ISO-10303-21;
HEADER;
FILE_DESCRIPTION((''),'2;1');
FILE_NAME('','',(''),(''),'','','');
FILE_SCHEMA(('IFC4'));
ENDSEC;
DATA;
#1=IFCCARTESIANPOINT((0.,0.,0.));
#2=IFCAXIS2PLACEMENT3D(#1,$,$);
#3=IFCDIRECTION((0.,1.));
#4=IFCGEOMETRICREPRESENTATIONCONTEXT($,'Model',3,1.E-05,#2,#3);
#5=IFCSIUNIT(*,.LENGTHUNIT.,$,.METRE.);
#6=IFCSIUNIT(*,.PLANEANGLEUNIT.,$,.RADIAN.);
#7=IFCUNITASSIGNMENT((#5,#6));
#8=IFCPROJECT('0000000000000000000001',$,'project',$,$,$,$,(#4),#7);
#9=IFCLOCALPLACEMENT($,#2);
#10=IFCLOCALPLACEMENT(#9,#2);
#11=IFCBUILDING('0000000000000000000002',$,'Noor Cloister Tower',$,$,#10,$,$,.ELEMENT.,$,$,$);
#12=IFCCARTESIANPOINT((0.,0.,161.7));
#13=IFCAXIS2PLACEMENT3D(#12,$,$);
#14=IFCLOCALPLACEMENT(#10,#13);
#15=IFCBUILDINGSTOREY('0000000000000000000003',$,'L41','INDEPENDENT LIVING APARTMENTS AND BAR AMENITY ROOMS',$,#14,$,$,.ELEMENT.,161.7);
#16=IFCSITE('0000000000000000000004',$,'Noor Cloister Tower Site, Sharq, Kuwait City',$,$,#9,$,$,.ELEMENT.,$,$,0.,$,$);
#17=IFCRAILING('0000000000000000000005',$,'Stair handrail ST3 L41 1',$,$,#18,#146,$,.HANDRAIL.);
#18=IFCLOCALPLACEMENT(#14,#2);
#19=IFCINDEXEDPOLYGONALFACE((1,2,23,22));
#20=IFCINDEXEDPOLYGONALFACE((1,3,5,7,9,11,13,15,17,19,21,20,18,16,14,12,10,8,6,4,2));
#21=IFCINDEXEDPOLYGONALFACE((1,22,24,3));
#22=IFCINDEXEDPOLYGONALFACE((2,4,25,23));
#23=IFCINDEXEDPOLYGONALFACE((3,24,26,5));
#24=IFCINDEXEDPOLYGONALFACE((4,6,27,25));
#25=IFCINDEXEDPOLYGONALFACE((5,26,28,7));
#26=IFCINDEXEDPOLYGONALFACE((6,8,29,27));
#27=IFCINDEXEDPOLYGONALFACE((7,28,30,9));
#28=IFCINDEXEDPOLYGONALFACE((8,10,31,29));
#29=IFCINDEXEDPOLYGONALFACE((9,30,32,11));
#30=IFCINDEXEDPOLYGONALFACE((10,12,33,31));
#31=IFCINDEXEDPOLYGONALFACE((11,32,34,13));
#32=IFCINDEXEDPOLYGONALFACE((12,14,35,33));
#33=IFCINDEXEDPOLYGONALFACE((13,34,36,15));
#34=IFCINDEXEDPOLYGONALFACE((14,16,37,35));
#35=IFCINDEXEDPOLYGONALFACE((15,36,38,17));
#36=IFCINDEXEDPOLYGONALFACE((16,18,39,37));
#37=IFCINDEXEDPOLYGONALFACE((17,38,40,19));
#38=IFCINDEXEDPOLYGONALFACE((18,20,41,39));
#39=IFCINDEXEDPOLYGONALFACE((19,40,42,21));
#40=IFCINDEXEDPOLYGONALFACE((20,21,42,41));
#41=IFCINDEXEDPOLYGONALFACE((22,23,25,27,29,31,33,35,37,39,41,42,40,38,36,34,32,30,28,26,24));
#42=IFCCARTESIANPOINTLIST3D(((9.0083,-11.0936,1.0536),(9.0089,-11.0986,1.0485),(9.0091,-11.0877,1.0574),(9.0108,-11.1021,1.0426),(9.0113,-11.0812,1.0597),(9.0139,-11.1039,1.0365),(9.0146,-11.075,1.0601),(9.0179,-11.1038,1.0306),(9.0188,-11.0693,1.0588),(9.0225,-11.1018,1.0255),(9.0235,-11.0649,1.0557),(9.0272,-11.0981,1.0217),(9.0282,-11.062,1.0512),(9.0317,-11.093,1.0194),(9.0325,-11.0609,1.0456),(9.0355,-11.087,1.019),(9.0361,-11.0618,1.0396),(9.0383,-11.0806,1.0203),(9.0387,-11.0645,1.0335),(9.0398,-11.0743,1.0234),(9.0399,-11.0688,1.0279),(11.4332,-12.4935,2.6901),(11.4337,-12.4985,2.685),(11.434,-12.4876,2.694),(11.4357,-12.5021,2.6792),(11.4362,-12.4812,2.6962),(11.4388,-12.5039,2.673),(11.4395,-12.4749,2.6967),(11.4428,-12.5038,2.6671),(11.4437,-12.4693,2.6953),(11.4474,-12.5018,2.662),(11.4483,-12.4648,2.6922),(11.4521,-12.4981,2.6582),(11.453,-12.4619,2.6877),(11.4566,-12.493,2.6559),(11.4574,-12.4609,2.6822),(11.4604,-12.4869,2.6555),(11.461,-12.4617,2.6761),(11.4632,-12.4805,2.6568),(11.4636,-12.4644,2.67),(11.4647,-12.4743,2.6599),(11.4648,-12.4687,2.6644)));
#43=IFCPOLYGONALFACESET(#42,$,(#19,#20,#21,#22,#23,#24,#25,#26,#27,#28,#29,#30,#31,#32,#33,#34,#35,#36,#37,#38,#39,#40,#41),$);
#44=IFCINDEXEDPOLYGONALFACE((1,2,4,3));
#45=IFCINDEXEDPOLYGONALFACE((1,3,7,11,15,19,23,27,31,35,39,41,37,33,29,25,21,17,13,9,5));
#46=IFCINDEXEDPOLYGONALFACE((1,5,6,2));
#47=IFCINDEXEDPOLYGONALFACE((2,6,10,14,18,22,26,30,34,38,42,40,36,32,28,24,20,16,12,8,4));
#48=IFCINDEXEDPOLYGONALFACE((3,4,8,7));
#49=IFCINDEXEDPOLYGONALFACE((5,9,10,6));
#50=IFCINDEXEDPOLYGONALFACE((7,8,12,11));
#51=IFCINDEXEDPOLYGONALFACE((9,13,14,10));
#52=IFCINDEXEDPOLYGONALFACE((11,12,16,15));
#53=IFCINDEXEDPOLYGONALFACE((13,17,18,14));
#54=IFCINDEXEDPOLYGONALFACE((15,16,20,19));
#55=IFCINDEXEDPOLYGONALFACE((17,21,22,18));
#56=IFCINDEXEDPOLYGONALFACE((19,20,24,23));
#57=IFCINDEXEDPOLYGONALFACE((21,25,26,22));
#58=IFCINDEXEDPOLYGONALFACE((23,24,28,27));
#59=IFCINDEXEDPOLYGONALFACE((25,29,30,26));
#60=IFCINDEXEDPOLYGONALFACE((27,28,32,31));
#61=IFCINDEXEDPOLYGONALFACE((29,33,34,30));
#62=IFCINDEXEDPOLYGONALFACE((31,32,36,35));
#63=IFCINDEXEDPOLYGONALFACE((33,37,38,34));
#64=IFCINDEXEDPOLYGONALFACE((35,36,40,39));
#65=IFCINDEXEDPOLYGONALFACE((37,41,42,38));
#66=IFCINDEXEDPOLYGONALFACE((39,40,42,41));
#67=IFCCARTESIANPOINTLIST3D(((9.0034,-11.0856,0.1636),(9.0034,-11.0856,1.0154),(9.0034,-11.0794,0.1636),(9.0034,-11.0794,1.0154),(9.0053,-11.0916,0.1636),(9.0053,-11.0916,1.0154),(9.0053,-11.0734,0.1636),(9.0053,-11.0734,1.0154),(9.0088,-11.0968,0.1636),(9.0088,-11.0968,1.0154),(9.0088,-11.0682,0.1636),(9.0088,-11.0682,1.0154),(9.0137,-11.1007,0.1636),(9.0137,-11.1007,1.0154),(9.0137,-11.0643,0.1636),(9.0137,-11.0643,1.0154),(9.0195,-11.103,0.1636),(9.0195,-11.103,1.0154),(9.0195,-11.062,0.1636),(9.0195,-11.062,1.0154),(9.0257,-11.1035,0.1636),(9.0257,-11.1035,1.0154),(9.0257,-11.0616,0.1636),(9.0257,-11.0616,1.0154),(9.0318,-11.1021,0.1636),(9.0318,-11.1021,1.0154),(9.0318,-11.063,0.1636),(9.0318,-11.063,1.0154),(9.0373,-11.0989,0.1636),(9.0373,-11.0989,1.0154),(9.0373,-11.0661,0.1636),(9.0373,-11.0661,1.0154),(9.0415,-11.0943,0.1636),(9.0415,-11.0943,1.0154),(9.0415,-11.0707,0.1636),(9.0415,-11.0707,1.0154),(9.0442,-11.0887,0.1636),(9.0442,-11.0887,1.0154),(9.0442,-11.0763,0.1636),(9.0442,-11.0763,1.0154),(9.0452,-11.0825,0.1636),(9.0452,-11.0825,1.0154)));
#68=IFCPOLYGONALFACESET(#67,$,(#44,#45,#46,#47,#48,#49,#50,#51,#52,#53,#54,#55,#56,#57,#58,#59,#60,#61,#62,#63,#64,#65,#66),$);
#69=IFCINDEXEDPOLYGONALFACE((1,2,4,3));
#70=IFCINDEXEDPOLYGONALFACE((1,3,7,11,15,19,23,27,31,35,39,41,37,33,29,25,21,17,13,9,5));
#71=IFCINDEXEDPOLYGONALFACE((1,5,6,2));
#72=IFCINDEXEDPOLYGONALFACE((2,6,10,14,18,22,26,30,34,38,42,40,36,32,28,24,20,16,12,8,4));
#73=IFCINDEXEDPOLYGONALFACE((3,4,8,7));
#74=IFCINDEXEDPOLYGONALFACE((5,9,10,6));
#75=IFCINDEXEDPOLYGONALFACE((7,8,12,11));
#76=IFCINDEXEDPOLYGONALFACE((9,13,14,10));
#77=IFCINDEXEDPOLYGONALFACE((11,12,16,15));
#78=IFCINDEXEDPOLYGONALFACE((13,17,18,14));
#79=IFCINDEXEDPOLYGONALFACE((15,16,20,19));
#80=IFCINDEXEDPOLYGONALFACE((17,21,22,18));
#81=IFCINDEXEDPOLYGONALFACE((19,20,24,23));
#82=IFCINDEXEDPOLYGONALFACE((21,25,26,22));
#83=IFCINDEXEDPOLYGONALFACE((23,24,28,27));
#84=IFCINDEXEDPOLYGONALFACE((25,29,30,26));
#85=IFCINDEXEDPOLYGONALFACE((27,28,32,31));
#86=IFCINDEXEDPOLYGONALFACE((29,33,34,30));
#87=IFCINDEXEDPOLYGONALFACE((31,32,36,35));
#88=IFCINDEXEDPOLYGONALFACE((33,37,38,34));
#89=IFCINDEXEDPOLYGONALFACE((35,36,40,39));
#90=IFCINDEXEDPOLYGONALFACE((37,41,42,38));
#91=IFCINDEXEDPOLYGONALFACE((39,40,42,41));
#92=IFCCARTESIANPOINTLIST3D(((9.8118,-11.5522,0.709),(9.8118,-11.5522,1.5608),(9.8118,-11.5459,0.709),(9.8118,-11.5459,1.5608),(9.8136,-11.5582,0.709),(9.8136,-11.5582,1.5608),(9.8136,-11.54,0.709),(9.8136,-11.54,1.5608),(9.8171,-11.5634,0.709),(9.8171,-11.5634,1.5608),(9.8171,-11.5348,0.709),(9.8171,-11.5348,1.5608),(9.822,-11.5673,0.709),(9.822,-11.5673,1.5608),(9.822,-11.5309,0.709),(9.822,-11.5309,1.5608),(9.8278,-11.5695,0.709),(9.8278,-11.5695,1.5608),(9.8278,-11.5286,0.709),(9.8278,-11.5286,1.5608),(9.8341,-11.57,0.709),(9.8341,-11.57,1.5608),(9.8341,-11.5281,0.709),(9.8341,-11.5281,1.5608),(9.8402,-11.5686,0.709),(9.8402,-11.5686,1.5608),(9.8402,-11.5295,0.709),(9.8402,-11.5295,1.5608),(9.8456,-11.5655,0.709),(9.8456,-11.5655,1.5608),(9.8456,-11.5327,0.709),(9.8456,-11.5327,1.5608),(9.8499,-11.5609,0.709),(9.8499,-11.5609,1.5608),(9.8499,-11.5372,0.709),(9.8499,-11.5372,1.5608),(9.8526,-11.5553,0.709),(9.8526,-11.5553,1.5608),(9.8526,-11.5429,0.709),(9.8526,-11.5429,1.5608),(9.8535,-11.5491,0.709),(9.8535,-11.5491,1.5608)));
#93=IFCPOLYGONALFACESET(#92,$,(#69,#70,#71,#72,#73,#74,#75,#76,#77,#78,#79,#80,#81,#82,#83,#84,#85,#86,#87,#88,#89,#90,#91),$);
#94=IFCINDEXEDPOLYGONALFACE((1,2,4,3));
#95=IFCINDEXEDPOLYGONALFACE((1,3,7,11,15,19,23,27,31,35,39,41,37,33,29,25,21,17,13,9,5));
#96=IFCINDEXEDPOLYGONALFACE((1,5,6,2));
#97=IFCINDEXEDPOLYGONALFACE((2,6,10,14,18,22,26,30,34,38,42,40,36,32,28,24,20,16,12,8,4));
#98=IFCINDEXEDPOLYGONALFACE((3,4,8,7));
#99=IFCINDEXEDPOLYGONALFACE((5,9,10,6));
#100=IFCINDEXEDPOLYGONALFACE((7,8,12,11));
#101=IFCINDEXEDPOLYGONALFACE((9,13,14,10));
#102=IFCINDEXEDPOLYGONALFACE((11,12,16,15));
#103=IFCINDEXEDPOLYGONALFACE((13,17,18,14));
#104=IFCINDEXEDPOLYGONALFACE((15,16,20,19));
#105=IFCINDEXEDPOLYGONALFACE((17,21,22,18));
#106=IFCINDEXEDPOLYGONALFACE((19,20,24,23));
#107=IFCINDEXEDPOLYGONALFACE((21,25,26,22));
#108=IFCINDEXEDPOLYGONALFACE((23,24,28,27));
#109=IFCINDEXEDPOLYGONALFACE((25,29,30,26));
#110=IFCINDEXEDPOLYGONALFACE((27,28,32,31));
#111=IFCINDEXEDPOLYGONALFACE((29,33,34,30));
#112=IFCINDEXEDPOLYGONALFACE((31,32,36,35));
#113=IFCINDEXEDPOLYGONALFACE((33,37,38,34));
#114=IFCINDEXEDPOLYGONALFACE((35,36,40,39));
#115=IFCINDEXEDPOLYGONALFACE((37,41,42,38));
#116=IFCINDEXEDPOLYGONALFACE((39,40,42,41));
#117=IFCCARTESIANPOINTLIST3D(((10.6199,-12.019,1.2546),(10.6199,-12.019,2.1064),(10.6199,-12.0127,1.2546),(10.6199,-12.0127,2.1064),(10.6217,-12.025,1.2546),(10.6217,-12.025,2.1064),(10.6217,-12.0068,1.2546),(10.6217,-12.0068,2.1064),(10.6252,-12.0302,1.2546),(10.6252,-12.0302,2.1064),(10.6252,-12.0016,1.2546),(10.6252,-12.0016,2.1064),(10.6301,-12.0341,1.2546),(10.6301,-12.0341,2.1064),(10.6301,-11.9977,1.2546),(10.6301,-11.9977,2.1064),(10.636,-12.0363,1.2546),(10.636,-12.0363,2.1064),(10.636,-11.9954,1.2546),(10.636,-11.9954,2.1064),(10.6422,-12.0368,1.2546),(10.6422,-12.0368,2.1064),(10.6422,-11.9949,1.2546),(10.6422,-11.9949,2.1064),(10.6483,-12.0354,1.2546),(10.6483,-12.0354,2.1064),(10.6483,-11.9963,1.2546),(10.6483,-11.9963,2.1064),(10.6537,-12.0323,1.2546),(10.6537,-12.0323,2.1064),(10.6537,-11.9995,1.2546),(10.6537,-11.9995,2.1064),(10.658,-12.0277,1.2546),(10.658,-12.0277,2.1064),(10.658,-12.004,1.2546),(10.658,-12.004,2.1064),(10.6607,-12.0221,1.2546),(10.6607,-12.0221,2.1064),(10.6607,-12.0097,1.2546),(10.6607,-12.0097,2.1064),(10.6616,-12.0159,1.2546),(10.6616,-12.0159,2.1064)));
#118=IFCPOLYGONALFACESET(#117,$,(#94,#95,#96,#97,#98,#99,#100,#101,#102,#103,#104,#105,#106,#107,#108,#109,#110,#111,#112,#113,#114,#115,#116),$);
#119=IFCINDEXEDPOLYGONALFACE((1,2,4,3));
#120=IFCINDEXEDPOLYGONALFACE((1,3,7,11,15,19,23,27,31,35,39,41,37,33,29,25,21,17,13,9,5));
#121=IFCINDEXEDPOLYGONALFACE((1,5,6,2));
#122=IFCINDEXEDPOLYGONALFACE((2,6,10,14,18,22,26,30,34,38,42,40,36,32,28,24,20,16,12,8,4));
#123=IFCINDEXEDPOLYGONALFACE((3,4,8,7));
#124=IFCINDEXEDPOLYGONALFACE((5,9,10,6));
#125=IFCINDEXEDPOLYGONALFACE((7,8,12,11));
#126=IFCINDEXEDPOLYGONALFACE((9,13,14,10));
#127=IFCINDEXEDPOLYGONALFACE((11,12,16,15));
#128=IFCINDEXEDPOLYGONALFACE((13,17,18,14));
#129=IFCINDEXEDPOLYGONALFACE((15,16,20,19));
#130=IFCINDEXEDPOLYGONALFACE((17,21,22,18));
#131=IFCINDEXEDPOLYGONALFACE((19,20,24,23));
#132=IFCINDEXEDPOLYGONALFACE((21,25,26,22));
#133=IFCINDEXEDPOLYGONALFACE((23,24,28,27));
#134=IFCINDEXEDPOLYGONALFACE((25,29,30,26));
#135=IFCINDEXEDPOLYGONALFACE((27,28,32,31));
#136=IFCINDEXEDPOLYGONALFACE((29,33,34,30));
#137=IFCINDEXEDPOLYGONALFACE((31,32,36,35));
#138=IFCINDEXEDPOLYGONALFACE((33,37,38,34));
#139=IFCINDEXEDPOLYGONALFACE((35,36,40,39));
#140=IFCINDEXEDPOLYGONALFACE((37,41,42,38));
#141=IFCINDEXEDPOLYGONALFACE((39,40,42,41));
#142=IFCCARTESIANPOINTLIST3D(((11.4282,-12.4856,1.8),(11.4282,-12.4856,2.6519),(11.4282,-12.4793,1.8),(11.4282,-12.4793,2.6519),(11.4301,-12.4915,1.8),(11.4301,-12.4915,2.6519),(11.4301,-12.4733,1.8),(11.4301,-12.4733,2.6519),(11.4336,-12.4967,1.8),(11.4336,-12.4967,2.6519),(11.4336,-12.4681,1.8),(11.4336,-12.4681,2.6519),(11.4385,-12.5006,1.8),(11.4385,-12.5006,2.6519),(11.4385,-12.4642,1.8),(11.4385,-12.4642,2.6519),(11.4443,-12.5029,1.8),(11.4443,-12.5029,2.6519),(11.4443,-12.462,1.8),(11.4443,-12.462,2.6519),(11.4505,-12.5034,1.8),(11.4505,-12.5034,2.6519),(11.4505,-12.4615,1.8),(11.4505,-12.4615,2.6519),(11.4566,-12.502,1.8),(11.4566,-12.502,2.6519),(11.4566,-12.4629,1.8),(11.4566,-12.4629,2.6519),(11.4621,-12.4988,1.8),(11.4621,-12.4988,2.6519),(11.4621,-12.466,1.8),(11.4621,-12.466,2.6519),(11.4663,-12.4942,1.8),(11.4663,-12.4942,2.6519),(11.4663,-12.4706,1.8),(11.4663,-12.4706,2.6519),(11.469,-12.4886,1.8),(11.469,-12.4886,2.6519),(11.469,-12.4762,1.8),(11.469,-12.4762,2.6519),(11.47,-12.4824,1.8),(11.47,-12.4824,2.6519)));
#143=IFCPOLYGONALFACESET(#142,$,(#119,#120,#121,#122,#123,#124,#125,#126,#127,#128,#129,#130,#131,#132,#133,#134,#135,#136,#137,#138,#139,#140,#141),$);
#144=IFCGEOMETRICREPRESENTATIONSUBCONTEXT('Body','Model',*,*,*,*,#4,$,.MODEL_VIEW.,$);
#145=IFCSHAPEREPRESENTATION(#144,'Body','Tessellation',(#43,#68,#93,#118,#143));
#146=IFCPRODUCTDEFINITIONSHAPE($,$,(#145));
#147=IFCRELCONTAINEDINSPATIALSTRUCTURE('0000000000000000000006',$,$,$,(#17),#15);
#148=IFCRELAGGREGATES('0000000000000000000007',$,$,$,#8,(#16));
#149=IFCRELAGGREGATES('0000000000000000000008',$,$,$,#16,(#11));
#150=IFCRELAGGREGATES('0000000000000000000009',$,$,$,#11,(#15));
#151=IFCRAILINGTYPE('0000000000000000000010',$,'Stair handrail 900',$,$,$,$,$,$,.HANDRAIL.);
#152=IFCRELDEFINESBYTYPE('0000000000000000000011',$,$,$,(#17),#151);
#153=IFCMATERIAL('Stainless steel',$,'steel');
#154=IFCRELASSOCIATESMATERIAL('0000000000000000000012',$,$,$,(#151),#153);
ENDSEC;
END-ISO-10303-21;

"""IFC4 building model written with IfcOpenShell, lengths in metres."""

from ifc_helpers import new_model, si_unit, direction, frame, origin, origin_2d, place, context, subcontext, project, spatial, circle, extrude, material, type_object, element, save


model = new_model("IFC4")

# Units and contexts
model_context = context("Model", 3, precision=1e-05, world=origin(), true_north=direction((0.0, 1.0)))
body_context = subcontext(model_context, "Body", "Model", "MODEL_VIEW")
ifc_project = project(units=[si_unit("LENGTHUNIT", "METRE"), si_unit("PLANEANGLEUNIT", "RADIAN")], contexts=[model_context])

# Site, building, storey
site_placement = place(None, origin())
site = spatial("IfcSite", under=ifc_project, at=site_placement, Name="Noor Cloister Tower Site, Sharq, Kuwait City", CompositionType="ELEMENT", RefElevation=0.0)
building_placement = place(site_placement, origin())
building = spatial("IfcBuilding", under=site, at=building_placement, Name="Noor Cloister Tower", CompositionType="ELEMENT")
storey_placement = place(building_placement, frame((0.0, 0.0, 161.7)))
storey = spatial("IfcBuildingStorey", under=building, at=storey_placement, Name="L41", Description="INDEPENDENT LIVING APARTMENTS AND BAR AMENITY ROOMS", CompositionType="ELEMENT", Elevation=161.7)

# Railing
ifc_material_1 = material(Name="Stainless steel", Category="steel")
railing_type = type_object("IfcRailingType", Name="Stair handrail 900", PredefinedType="HANDRAIL", material=ifc_material_1)
railing_placement = place(storey_placement, frame((9.0242, -11.0825, 0.1636)))
element("IfcRailing", 1, at=railing_placement, inside=storey, type_object=railing_type, Name="Stair handrail ST3 L41 1", PredefinedType="HANDRAIL", context=body_context, shape_type="SweptSolid", body=[
    extrude(circle(Radius=0.0239, at=origin_2d()), frame((0.0, 0.0, 0.876), z_axis=(0.74769, -0.431661, 0.504608), x_axis=(0.499984, 0.866035, 0.0)), (0.0, 0.0, 1.0), 3.2432),
    extrude(circle(Radius=0.021, at=origin_2d()), origin(), (0.0, 0.0, 1.0), 0.8518),
    extrude(circle(Radius=0.021, at=origin_2d()), frame((0.8083, -0.4666, 0.5454)), (0.0, 0.0, 1.0), 0.8518),
    extrude(circle(Radius=0.021, at=origin_2d()), frame((1.6165, -0.9333, 1.0911)), (0.0, 0.0, 1.0), 0.8518),
    extrude(circle(Radius=0.021, at=origin_2d()), frame((2.4248, -1.3999, 1.6365)), (0.0, 0.0, 1.0), 0.8518),
])

save(model, "model.ifc")
